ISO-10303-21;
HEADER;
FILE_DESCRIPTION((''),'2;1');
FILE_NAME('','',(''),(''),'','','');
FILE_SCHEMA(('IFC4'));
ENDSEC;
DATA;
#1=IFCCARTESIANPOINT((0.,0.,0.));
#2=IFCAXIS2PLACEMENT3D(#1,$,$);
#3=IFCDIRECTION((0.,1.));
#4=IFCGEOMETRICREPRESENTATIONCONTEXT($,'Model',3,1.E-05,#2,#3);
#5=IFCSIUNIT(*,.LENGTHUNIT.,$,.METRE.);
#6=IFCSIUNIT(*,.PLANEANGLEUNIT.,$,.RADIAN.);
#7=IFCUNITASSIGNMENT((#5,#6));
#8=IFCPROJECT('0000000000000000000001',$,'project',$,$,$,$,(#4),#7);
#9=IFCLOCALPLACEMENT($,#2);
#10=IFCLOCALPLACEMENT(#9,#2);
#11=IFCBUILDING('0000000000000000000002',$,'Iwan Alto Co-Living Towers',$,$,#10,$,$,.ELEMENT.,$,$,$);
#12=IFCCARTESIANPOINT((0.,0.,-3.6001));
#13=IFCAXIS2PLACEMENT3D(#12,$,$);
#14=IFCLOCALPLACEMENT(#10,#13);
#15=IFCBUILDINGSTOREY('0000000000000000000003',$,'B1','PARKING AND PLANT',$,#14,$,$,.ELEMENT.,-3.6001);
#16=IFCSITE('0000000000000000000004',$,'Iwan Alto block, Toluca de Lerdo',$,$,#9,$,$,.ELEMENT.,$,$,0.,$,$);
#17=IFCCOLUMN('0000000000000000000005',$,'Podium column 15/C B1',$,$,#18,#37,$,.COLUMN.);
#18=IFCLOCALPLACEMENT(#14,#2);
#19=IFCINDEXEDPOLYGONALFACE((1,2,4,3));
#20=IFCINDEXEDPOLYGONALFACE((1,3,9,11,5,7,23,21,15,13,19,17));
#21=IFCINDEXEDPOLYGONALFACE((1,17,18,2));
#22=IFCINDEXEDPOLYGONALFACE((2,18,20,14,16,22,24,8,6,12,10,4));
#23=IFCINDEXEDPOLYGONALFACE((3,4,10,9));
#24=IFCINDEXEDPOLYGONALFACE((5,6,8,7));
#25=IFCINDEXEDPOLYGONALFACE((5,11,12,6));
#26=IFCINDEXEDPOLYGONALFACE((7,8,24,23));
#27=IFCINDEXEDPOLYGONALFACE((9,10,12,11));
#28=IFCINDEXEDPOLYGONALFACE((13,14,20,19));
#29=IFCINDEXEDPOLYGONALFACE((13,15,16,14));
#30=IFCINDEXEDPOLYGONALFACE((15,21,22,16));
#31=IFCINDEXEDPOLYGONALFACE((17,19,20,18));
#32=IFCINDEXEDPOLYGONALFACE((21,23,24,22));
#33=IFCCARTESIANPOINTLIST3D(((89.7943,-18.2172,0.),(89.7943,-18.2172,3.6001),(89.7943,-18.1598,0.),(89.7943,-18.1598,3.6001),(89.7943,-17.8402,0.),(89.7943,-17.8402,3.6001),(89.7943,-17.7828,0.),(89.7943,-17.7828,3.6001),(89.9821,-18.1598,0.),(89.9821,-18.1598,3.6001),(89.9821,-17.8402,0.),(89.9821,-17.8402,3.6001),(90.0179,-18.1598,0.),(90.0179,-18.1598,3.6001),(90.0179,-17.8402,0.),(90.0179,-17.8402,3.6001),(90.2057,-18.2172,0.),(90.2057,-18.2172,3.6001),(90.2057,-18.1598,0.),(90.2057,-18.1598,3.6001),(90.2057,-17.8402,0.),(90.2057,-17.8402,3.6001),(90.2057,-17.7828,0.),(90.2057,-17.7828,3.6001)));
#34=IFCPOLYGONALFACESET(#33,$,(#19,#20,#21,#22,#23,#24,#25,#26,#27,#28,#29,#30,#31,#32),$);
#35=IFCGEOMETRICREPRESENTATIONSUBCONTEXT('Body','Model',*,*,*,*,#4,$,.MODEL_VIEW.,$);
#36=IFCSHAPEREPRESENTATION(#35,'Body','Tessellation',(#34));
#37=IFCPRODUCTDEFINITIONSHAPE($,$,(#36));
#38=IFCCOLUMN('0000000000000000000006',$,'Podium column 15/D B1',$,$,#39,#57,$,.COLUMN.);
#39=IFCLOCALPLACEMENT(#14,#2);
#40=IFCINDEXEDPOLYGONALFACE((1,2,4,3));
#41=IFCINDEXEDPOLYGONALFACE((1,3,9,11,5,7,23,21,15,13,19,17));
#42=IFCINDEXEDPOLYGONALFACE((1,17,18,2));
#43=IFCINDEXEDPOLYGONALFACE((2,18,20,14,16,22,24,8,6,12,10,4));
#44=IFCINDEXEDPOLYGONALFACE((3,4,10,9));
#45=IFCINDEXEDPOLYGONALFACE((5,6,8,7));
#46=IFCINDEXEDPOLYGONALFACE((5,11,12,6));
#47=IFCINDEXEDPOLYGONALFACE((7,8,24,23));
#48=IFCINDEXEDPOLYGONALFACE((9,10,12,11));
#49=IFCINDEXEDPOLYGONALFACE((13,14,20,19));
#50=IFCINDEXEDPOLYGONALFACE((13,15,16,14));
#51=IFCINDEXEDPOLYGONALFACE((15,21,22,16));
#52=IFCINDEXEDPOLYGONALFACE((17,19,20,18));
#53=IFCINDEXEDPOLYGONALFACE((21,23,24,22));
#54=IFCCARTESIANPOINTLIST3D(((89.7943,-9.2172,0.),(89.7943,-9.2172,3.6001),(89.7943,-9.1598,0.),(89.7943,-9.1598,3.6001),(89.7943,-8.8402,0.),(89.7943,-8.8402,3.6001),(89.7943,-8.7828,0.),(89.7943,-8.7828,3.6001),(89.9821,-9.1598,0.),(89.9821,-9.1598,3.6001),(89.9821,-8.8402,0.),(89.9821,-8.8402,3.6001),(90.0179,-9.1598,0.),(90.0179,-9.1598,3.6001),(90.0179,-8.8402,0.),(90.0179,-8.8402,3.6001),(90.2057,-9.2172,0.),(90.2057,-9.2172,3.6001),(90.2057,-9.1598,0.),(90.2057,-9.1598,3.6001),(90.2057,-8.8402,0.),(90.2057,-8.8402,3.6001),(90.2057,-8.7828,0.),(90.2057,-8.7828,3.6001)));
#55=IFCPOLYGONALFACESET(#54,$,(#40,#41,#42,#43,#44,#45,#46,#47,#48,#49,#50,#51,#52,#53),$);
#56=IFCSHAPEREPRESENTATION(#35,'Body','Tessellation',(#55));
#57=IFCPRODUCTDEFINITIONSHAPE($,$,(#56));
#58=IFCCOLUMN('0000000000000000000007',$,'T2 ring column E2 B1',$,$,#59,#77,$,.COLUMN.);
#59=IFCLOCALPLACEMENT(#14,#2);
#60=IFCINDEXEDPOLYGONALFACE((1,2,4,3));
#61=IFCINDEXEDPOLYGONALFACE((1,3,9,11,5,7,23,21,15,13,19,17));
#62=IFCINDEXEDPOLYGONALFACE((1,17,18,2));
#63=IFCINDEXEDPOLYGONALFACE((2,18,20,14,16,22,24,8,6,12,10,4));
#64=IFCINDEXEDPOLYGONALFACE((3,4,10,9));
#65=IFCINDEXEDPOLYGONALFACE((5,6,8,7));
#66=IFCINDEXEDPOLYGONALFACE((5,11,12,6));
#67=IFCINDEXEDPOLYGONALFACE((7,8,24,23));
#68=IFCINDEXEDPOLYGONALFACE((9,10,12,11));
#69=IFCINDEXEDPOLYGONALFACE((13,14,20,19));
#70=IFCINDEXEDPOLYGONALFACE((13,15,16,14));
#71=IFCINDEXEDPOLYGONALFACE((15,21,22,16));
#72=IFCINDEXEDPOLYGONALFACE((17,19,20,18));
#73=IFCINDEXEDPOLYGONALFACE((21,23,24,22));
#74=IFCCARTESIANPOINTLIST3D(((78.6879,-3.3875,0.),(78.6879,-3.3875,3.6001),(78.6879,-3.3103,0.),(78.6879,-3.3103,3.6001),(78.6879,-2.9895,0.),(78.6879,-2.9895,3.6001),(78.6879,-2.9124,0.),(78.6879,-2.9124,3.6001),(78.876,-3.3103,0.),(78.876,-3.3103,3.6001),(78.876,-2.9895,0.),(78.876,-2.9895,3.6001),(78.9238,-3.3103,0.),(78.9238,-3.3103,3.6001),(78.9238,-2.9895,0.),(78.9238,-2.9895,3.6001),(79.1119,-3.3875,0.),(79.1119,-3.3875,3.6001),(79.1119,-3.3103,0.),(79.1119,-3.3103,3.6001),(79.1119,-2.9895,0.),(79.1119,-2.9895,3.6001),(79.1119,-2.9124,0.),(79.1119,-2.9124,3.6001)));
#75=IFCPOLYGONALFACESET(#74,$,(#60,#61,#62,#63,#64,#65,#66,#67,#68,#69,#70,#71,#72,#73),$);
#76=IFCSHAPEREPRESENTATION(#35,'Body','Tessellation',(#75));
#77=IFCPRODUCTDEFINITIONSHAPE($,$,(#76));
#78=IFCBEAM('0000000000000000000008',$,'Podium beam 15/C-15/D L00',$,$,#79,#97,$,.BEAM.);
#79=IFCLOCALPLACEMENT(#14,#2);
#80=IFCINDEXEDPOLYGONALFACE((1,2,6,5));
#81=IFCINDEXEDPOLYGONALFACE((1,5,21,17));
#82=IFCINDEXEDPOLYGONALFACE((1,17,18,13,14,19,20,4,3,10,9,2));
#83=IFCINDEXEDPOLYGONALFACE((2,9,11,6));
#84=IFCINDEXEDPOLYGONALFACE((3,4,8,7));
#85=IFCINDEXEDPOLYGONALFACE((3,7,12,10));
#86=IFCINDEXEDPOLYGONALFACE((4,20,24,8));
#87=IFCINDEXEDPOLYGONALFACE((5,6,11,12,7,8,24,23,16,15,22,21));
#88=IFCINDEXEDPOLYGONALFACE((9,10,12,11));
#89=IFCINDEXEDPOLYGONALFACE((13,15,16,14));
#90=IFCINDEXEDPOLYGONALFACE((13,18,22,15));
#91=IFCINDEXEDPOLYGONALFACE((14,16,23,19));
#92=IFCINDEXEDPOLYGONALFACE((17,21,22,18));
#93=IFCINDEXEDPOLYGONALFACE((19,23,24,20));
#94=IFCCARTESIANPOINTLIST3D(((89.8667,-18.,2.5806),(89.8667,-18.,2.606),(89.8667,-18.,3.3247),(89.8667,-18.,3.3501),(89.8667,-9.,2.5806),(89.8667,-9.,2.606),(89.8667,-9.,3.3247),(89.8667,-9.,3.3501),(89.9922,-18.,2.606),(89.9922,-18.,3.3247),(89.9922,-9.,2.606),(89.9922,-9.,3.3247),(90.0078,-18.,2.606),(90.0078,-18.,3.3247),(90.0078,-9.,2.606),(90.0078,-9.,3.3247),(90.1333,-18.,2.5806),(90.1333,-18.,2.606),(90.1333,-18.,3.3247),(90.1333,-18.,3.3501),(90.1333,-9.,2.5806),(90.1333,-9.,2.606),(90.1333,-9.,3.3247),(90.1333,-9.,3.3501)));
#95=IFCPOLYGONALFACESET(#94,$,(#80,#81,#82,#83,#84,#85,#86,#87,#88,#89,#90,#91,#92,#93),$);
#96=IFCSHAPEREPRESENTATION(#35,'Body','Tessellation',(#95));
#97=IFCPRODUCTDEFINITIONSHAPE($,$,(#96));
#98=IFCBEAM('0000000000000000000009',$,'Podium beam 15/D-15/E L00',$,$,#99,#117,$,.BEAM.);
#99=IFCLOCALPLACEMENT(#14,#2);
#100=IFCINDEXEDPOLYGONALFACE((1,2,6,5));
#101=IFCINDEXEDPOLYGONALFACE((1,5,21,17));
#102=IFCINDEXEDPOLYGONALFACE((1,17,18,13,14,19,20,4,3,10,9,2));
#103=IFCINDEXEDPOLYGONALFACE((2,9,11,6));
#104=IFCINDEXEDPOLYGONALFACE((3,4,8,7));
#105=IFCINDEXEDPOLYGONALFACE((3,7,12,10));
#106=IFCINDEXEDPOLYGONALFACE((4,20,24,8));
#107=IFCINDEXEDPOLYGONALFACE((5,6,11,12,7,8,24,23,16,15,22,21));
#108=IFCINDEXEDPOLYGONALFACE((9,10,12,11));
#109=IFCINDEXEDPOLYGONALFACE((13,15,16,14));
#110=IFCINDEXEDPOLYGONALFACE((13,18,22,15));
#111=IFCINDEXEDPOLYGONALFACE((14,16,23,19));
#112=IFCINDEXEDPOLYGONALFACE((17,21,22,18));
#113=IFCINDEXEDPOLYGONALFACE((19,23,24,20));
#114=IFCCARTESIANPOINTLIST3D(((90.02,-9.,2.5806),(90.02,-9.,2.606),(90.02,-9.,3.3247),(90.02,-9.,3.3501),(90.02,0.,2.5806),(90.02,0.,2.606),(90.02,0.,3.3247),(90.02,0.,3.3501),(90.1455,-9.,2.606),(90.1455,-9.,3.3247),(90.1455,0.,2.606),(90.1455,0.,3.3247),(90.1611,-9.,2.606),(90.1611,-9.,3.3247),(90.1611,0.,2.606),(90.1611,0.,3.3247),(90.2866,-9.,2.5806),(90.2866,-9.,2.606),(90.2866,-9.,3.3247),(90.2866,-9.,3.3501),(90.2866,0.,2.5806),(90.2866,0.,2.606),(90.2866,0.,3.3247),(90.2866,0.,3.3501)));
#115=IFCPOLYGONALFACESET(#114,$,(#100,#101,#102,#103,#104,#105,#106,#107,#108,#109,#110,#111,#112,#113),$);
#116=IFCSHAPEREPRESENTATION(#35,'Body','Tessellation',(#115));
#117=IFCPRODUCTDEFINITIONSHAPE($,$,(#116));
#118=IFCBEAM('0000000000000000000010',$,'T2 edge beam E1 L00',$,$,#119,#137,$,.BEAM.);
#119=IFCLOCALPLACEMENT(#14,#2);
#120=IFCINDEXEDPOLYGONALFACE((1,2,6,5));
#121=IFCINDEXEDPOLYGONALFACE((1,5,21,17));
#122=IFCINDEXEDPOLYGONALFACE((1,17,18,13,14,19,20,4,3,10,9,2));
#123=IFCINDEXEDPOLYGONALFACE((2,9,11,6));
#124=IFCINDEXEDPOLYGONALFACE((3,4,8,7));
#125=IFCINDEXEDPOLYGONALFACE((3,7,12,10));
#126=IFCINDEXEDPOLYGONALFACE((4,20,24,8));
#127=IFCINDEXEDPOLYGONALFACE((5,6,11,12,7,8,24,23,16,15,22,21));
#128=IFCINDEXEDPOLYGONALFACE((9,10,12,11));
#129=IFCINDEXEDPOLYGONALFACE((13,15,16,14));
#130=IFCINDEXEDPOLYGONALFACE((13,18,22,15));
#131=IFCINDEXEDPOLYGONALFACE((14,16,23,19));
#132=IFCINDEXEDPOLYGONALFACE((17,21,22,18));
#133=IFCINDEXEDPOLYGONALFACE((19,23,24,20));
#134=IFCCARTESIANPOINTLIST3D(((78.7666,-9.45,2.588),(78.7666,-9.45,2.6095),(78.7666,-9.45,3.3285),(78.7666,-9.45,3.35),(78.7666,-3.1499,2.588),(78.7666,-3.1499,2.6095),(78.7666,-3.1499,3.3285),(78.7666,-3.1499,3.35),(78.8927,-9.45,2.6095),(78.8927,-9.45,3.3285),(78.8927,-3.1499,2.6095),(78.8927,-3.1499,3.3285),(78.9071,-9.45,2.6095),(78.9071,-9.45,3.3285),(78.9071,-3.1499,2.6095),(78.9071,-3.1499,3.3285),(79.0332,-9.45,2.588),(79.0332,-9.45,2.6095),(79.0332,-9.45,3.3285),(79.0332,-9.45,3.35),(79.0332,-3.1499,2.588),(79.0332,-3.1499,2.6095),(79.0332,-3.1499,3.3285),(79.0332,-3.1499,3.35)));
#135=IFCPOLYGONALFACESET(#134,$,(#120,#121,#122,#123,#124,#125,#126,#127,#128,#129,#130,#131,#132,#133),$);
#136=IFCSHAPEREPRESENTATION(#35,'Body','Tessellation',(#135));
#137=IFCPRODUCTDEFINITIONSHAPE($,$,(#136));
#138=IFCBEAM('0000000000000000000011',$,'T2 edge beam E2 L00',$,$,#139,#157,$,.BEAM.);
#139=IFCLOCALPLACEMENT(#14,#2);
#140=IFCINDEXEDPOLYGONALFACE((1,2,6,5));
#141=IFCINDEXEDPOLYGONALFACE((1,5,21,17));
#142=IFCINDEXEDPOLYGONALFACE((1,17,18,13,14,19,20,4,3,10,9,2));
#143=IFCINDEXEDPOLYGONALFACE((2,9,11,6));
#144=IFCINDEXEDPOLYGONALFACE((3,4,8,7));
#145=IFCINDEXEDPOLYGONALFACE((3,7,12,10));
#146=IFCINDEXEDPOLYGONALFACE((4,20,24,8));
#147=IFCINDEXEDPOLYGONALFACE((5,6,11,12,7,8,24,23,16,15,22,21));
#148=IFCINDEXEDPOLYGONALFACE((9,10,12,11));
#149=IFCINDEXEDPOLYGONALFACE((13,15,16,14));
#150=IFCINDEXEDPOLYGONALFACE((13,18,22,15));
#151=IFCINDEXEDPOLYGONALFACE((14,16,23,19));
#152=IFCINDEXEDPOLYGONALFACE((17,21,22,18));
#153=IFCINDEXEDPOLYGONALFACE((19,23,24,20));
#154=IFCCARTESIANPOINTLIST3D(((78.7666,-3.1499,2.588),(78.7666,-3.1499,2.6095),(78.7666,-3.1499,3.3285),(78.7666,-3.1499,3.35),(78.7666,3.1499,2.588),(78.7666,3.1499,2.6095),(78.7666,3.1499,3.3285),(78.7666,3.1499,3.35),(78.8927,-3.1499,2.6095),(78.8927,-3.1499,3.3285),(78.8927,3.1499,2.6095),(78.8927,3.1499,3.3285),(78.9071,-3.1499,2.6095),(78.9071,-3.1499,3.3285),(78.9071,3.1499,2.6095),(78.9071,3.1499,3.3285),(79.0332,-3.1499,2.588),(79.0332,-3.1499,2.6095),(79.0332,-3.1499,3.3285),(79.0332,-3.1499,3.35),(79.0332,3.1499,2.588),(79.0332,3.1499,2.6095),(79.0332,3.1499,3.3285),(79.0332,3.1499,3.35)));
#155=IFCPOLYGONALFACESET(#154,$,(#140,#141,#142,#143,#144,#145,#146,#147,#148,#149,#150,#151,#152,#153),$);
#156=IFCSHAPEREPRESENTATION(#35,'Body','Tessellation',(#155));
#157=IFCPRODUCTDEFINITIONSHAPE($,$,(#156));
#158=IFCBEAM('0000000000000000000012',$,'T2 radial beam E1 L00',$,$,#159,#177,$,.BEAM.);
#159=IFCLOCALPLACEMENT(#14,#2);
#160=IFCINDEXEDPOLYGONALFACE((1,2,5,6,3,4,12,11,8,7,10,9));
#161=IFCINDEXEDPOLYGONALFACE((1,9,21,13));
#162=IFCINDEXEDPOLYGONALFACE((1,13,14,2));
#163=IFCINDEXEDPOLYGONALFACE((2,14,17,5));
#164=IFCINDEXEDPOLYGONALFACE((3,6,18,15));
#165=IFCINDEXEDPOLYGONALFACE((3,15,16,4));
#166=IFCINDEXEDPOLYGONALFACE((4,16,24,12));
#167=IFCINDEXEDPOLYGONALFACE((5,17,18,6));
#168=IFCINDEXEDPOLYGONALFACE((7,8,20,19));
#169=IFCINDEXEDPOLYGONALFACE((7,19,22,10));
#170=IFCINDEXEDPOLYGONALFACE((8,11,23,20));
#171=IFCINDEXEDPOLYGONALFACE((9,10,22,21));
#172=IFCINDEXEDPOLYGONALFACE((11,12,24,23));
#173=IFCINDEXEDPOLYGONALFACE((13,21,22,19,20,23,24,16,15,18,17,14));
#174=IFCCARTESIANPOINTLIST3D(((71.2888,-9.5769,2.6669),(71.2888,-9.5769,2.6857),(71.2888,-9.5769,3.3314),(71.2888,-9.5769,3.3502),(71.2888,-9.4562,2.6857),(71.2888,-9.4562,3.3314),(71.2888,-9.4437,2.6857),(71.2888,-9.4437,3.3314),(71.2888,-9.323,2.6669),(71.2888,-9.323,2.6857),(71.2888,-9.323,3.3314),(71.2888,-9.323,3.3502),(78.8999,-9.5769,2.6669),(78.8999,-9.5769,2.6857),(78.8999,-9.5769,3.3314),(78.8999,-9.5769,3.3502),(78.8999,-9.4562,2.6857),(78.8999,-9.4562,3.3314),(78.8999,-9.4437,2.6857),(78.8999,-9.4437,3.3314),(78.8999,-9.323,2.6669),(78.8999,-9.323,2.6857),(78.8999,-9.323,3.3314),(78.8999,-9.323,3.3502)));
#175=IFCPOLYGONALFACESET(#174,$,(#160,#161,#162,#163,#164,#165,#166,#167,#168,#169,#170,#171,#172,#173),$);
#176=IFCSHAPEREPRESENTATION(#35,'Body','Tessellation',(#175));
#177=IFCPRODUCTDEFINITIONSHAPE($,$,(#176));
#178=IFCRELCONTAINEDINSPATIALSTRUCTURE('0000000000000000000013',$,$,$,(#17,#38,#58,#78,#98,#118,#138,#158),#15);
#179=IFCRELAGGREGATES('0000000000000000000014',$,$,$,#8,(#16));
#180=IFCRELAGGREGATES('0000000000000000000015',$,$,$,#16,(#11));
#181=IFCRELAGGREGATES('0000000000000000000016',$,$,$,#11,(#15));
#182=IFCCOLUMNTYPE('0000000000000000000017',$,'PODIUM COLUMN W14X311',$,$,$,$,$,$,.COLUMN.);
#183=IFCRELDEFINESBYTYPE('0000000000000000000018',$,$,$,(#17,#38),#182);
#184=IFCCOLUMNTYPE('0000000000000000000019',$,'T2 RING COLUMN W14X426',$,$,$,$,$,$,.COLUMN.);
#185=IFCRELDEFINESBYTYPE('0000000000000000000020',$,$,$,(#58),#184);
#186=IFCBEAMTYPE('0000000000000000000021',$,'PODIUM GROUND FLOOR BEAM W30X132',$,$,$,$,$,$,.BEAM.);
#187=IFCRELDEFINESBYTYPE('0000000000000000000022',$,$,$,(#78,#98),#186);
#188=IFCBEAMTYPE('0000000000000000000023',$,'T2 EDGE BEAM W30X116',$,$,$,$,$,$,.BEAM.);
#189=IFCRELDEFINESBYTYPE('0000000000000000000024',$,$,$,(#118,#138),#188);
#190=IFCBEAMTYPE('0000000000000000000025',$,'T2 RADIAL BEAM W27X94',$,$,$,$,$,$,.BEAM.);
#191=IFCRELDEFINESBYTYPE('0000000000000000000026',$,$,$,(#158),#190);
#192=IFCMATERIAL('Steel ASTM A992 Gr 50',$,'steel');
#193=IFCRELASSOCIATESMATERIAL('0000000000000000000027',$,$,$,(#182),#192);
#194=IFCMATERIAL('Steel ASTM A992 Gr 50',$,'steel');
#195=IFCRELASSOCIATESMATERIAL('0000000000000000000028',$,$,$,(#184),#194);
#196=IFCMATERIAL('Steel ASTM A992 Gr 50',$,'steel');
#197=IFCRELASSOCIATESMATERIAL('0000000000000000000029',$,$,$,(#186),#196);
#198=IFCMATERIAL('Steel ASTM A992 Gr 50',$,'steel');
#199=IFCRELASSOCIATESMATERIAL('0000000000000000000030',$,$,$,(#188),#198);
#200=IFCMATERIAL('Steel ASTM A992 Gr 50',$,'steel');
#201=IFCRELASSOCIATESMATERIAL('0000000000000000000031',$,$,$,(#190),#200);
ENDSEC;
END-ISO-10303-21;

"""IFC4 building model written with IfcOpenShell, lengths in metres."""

from ifc_helpers import new_model, si_unit, direction, frame, origin, origin_2d, place, context, subcontext, project, spatial, i_section, extrude, material, material_profile, profile_set, type_object, element, save


model = new_model("IFC4")

# Units and contexts
model_context = context("Model", 3, precision=1e-05, world=origin(), true_north=direction((0.0, 1.0)))
body_context = subcontext(model_context, "Body", "Model", "MODEL_VIEW")
ifc_project = project(units=[si_unit("LENGTHUNIT", "METRE"), si_unit("PLANEANGLEUNIT", "RADIAN")], contexts=[model_context])

# Site, building, storey
site_placement = place(None, origin())
site = spatial("IfcSite", under=ifc_project, at=site_placement, Name="Iwan Alto block, Toluca de Lerdo", CompositionType="ELEMENT", RefElevation=0.0)
building_placement = place(site_placement, origin())
building = spatial("IfcBuilding", under=site, at=building_placement, Name="Iwan Alto Co-Living Towers", CompositionType="ELEMENT")
storey_placement = place(building_placement, frame((0.0, 0.0, -3.6001)))
storey = spatial("IfcBuildingStorey", under=building, at=storey_placement, Name="B1", Description="PARKING AND PLANT", CompositionType="ELEMENT", Elevation=-3.6001)

# Columns
ifc_material_1 = material(Name="Steel ASTM A992 Gr 50", Category="steel")
ifc_material_profile_1 = material_profile(ifc_material_1, i_section(OverallWidth=0.4114, OverallDepth=0.4343, WebThickness=0.0359, FlangeThickness=0.0574, at=origin_2d()), Name="W14X311")
ifc_profile_set_1 = profile_set([ifc_material_profile_1], Name="Steel ASTM A992 Gr 50")
column_type_1 = type_object("IfcColumnType", Name="PODIUM COLUMN W14X311", PredefinedType="COLUMN", material=ifc_profile_set_1)
for number, where, z_axis, x_axis, name in (
    (1, (90.0, -18.0, 0.0), (0.0, 0.0, 1.0), (1.0, 0.0, 0.0), "Podium column 15/C B1"),
    (2, (90.0, -9.0, 0.0), (0.0, 0.0, 1.0), (1.0, 0.0, 0.0), "Podium column 15/D B1"),
):
    element("IfcColumn", number, at=place(storey_placement, frame(where, z_axis=z_axis, x_axis=x_axis)), inside=storey, type_object=column_type_1, Name=name, PredefinedType="COLUMN", context=body_context, shape_type="SweptSolid", body=[
        extrude(i_section(OverallWidth=0.4114, OverallDepth=0.4343, WebThickness=0.0359, FlangeThickness=0.0574, at=origin_2d()), origin(), (0.0, 0.0, 1.0), 3.6001),
    ])
ifc_material_2 = material(Name="Steel ASTM A992 Gr 50", Category="steel")
ifc_material_profile_2 = material_profile(ifc_material_2, i_section(OverallWidth=0.4241, OverallDepth=0.4751, WebThickness=0.0479, FlangeThickness=0.0771, at=origin_2d()), Name="W14X426")
ifc_profile_set_2 = profile_set([ifc_material_profile_2], Name="Steel ASTM A992 Gr 50")
column_type_2 = type_object("IfcColumnType", Name="T2 RING COLUMN W14X426", PredefinedType="COLUMN", material=ifc_profile_set_2)
column_placement = place(storey_placement, frame((78.8999, -3.1499, 0.0), z_axis=(0.0, 0.0, 1.0), x_axis=(1.0, 0.0, 0.0)))
element("IfcColumn", 3, at=column_placement, inside=storey, type_object=column_type_2, Name="T2 ring column E2 B1", PredefinedType="COLUMN", context=body_context, shape_type="SweptSolid", body=[
    extrude(i_section(OverallWidth=0.4241, OverallDepth=0.4751, WebThickness=0.0479, FlangeThickness=0.0771, at=origin_2d()), origin(), (0.0, 0.0, 1.0), 3.6001),
])

# Beams
ifc_material_3 = material(Name="Steel ASTM A992 Gr 50", Category="steel")
ifc_material_profile_3 = material_profile(ifc_material_3, i_section(OverallWidth=0.2666, OverallDepth=0.7695, WebThickness=0.0156, FlangeThickness=0.0254, at=origin_2d()), Name="W30X132")
ifc_profile_set_3 = profile_set([ifc_material_profile_3], Name="Steel ASTM A992 Gr 50")
beam_type_1 = type_object("IfcBeamType", Name="PODIUM GROUND FLOOR BEAM W30X132", PredefinedType="BEAM", material=ifc_profile_set_3)
for number, where, z_axis, x_axis, name in (
    (4, (90.0, -18.0, 2.9653), (0.0, 1.0, 0.0), (-1.0, 0.0, 0.0), "Podium beam 15/C-15/D L00"),
    (5, (90.1533, -9.0, 2.9653), (0.0, 1.0, 0.0), (-1.0, 0.0, 0.0), "Podium beam 15/D-15/E L00"),
):
    element("IfcBeam", number, at=place(storey_placement, frame(where, z_axis=z_axis, x_axis=x_axis)), inside=storey, type_object=beam_type_1, Name=name, PredefinedType="BEAM", context=body_context, shape_type="SweptSolid", body=[
        extrude(i_section(OverallWidth=0.2666, OverallDepth=0.7695, WebThickness=0.0156, FlangeThickness=0.0254, at=origin_2d()), origin(), (0.0, 0.0, 1.0), 9.0),
    ])
ifc_material_4 = material(Name="Steel ASTM A992 Gr 50", Category="steel")
ifc_material_profile_4 = material_profile(ifc_material_4, i_section(OverallWidth=0.2666, OverallDepth=0.762, WebThickness=0.0144, FlangeThickness=0.0215, at=origin_2d()), Name="W30X116")
ifc_profile_set_4 = profile_set([ifc_material_profile_4], Name="Steel ASTM A992 Gr 50")
beam_type_2 = type_object("IfcBeamType", Name="T2 EDGE BEAM W30X116", PredefinedType="BEAM", material=ifc_profile_set_4)
beam_1_placement = place(storey_placement, frame((78.8999, -9.45, 2.969), z_axis=(0.0, 1.0, 0.0), x_axis=(-1.0, 0.0, 0.0)))
element("IfcBeam", 6, at=beam_1_placement, inside=storey, type_object=beam_type_2, Name="T2 edge beam E1 L00", PredefinedType="BEAM", context=body_context, shape_type="SweptSolid", body=[
    extrude(i_section(OverallWidth=0.2666, OverallDepth=0.762, WebThickness=0.0144, FlangeThickness=0.0215, at=origin_2d()), origin(), (0.0, 0.0, 1.0), 6.3),
])
beam_2_placement = place(storey_placement, frame((78.8999, -3.1499, 2.969), z_axis=(0.0, 1.0, 0.0), x_axis=(-1.0, 0.0, 0.0)))
element("IfcBeam", 7, at=beam_2_placement, inside=storey, type_object=beam_type_2, Name="T2 edge beam E2 L00", PredefinedType="BEAM", context=body_context, shape_type="SweptSolid", body=[
    extrude(i_section(OverallWidth=0.2666, OverallDepth=0.762, WebThickness=0.0144, FlangeThickness=0.0215, at=origin_2d()), origin(), (0.0, 0.0, 1.0), 6.2998),
])
ifc_material_5 = material(Name="Steel ASTM A992 Gr 50", Category="steel")
ifc_material_profile_5 = material_profile(ifc_material_5, i_section(OverallWidth=0.2539, OverallDepth=0.6833, WebThickness=0.0125, FlangeThickness=0.0188, at=origin_2d()), Name="W27X94")
ifc_profile_set_5 = profile_set([ifc_material_profile_5], Name="Steel ASTM A992 Gr 50")
beam_type_3 = type_object("IfcBeamType", Name="T2 RADIAL BEAM W27X94", PredefinedType="BEAM", material=ifc_profile_set_5)
beam_3_placement = place(storey_placement, frame((78.8999, -9.45, 3.0085), z_axis=(-1.0, 0.0, 0.0), x_axis=(0.0, -1.0, 0.0)))
element("IfcBeam", 8, at=beam_3_placement, inside=storey, type_object=beam_type_3, Name="T2 radial beam E1 L00", PredefinedType="BEAM", context=body_context, shape_type="SweptSolid", body=[
    extrude(i_section(OverallWidth=0.2539, OverallDepth=0.6833, WebThickness=0.0125, FlangeThickness=0.0188, at=origin_2d()), origin(), (0.0, 0.0, 1.0), 7.6111),
])

save(model, "model.ifc")
